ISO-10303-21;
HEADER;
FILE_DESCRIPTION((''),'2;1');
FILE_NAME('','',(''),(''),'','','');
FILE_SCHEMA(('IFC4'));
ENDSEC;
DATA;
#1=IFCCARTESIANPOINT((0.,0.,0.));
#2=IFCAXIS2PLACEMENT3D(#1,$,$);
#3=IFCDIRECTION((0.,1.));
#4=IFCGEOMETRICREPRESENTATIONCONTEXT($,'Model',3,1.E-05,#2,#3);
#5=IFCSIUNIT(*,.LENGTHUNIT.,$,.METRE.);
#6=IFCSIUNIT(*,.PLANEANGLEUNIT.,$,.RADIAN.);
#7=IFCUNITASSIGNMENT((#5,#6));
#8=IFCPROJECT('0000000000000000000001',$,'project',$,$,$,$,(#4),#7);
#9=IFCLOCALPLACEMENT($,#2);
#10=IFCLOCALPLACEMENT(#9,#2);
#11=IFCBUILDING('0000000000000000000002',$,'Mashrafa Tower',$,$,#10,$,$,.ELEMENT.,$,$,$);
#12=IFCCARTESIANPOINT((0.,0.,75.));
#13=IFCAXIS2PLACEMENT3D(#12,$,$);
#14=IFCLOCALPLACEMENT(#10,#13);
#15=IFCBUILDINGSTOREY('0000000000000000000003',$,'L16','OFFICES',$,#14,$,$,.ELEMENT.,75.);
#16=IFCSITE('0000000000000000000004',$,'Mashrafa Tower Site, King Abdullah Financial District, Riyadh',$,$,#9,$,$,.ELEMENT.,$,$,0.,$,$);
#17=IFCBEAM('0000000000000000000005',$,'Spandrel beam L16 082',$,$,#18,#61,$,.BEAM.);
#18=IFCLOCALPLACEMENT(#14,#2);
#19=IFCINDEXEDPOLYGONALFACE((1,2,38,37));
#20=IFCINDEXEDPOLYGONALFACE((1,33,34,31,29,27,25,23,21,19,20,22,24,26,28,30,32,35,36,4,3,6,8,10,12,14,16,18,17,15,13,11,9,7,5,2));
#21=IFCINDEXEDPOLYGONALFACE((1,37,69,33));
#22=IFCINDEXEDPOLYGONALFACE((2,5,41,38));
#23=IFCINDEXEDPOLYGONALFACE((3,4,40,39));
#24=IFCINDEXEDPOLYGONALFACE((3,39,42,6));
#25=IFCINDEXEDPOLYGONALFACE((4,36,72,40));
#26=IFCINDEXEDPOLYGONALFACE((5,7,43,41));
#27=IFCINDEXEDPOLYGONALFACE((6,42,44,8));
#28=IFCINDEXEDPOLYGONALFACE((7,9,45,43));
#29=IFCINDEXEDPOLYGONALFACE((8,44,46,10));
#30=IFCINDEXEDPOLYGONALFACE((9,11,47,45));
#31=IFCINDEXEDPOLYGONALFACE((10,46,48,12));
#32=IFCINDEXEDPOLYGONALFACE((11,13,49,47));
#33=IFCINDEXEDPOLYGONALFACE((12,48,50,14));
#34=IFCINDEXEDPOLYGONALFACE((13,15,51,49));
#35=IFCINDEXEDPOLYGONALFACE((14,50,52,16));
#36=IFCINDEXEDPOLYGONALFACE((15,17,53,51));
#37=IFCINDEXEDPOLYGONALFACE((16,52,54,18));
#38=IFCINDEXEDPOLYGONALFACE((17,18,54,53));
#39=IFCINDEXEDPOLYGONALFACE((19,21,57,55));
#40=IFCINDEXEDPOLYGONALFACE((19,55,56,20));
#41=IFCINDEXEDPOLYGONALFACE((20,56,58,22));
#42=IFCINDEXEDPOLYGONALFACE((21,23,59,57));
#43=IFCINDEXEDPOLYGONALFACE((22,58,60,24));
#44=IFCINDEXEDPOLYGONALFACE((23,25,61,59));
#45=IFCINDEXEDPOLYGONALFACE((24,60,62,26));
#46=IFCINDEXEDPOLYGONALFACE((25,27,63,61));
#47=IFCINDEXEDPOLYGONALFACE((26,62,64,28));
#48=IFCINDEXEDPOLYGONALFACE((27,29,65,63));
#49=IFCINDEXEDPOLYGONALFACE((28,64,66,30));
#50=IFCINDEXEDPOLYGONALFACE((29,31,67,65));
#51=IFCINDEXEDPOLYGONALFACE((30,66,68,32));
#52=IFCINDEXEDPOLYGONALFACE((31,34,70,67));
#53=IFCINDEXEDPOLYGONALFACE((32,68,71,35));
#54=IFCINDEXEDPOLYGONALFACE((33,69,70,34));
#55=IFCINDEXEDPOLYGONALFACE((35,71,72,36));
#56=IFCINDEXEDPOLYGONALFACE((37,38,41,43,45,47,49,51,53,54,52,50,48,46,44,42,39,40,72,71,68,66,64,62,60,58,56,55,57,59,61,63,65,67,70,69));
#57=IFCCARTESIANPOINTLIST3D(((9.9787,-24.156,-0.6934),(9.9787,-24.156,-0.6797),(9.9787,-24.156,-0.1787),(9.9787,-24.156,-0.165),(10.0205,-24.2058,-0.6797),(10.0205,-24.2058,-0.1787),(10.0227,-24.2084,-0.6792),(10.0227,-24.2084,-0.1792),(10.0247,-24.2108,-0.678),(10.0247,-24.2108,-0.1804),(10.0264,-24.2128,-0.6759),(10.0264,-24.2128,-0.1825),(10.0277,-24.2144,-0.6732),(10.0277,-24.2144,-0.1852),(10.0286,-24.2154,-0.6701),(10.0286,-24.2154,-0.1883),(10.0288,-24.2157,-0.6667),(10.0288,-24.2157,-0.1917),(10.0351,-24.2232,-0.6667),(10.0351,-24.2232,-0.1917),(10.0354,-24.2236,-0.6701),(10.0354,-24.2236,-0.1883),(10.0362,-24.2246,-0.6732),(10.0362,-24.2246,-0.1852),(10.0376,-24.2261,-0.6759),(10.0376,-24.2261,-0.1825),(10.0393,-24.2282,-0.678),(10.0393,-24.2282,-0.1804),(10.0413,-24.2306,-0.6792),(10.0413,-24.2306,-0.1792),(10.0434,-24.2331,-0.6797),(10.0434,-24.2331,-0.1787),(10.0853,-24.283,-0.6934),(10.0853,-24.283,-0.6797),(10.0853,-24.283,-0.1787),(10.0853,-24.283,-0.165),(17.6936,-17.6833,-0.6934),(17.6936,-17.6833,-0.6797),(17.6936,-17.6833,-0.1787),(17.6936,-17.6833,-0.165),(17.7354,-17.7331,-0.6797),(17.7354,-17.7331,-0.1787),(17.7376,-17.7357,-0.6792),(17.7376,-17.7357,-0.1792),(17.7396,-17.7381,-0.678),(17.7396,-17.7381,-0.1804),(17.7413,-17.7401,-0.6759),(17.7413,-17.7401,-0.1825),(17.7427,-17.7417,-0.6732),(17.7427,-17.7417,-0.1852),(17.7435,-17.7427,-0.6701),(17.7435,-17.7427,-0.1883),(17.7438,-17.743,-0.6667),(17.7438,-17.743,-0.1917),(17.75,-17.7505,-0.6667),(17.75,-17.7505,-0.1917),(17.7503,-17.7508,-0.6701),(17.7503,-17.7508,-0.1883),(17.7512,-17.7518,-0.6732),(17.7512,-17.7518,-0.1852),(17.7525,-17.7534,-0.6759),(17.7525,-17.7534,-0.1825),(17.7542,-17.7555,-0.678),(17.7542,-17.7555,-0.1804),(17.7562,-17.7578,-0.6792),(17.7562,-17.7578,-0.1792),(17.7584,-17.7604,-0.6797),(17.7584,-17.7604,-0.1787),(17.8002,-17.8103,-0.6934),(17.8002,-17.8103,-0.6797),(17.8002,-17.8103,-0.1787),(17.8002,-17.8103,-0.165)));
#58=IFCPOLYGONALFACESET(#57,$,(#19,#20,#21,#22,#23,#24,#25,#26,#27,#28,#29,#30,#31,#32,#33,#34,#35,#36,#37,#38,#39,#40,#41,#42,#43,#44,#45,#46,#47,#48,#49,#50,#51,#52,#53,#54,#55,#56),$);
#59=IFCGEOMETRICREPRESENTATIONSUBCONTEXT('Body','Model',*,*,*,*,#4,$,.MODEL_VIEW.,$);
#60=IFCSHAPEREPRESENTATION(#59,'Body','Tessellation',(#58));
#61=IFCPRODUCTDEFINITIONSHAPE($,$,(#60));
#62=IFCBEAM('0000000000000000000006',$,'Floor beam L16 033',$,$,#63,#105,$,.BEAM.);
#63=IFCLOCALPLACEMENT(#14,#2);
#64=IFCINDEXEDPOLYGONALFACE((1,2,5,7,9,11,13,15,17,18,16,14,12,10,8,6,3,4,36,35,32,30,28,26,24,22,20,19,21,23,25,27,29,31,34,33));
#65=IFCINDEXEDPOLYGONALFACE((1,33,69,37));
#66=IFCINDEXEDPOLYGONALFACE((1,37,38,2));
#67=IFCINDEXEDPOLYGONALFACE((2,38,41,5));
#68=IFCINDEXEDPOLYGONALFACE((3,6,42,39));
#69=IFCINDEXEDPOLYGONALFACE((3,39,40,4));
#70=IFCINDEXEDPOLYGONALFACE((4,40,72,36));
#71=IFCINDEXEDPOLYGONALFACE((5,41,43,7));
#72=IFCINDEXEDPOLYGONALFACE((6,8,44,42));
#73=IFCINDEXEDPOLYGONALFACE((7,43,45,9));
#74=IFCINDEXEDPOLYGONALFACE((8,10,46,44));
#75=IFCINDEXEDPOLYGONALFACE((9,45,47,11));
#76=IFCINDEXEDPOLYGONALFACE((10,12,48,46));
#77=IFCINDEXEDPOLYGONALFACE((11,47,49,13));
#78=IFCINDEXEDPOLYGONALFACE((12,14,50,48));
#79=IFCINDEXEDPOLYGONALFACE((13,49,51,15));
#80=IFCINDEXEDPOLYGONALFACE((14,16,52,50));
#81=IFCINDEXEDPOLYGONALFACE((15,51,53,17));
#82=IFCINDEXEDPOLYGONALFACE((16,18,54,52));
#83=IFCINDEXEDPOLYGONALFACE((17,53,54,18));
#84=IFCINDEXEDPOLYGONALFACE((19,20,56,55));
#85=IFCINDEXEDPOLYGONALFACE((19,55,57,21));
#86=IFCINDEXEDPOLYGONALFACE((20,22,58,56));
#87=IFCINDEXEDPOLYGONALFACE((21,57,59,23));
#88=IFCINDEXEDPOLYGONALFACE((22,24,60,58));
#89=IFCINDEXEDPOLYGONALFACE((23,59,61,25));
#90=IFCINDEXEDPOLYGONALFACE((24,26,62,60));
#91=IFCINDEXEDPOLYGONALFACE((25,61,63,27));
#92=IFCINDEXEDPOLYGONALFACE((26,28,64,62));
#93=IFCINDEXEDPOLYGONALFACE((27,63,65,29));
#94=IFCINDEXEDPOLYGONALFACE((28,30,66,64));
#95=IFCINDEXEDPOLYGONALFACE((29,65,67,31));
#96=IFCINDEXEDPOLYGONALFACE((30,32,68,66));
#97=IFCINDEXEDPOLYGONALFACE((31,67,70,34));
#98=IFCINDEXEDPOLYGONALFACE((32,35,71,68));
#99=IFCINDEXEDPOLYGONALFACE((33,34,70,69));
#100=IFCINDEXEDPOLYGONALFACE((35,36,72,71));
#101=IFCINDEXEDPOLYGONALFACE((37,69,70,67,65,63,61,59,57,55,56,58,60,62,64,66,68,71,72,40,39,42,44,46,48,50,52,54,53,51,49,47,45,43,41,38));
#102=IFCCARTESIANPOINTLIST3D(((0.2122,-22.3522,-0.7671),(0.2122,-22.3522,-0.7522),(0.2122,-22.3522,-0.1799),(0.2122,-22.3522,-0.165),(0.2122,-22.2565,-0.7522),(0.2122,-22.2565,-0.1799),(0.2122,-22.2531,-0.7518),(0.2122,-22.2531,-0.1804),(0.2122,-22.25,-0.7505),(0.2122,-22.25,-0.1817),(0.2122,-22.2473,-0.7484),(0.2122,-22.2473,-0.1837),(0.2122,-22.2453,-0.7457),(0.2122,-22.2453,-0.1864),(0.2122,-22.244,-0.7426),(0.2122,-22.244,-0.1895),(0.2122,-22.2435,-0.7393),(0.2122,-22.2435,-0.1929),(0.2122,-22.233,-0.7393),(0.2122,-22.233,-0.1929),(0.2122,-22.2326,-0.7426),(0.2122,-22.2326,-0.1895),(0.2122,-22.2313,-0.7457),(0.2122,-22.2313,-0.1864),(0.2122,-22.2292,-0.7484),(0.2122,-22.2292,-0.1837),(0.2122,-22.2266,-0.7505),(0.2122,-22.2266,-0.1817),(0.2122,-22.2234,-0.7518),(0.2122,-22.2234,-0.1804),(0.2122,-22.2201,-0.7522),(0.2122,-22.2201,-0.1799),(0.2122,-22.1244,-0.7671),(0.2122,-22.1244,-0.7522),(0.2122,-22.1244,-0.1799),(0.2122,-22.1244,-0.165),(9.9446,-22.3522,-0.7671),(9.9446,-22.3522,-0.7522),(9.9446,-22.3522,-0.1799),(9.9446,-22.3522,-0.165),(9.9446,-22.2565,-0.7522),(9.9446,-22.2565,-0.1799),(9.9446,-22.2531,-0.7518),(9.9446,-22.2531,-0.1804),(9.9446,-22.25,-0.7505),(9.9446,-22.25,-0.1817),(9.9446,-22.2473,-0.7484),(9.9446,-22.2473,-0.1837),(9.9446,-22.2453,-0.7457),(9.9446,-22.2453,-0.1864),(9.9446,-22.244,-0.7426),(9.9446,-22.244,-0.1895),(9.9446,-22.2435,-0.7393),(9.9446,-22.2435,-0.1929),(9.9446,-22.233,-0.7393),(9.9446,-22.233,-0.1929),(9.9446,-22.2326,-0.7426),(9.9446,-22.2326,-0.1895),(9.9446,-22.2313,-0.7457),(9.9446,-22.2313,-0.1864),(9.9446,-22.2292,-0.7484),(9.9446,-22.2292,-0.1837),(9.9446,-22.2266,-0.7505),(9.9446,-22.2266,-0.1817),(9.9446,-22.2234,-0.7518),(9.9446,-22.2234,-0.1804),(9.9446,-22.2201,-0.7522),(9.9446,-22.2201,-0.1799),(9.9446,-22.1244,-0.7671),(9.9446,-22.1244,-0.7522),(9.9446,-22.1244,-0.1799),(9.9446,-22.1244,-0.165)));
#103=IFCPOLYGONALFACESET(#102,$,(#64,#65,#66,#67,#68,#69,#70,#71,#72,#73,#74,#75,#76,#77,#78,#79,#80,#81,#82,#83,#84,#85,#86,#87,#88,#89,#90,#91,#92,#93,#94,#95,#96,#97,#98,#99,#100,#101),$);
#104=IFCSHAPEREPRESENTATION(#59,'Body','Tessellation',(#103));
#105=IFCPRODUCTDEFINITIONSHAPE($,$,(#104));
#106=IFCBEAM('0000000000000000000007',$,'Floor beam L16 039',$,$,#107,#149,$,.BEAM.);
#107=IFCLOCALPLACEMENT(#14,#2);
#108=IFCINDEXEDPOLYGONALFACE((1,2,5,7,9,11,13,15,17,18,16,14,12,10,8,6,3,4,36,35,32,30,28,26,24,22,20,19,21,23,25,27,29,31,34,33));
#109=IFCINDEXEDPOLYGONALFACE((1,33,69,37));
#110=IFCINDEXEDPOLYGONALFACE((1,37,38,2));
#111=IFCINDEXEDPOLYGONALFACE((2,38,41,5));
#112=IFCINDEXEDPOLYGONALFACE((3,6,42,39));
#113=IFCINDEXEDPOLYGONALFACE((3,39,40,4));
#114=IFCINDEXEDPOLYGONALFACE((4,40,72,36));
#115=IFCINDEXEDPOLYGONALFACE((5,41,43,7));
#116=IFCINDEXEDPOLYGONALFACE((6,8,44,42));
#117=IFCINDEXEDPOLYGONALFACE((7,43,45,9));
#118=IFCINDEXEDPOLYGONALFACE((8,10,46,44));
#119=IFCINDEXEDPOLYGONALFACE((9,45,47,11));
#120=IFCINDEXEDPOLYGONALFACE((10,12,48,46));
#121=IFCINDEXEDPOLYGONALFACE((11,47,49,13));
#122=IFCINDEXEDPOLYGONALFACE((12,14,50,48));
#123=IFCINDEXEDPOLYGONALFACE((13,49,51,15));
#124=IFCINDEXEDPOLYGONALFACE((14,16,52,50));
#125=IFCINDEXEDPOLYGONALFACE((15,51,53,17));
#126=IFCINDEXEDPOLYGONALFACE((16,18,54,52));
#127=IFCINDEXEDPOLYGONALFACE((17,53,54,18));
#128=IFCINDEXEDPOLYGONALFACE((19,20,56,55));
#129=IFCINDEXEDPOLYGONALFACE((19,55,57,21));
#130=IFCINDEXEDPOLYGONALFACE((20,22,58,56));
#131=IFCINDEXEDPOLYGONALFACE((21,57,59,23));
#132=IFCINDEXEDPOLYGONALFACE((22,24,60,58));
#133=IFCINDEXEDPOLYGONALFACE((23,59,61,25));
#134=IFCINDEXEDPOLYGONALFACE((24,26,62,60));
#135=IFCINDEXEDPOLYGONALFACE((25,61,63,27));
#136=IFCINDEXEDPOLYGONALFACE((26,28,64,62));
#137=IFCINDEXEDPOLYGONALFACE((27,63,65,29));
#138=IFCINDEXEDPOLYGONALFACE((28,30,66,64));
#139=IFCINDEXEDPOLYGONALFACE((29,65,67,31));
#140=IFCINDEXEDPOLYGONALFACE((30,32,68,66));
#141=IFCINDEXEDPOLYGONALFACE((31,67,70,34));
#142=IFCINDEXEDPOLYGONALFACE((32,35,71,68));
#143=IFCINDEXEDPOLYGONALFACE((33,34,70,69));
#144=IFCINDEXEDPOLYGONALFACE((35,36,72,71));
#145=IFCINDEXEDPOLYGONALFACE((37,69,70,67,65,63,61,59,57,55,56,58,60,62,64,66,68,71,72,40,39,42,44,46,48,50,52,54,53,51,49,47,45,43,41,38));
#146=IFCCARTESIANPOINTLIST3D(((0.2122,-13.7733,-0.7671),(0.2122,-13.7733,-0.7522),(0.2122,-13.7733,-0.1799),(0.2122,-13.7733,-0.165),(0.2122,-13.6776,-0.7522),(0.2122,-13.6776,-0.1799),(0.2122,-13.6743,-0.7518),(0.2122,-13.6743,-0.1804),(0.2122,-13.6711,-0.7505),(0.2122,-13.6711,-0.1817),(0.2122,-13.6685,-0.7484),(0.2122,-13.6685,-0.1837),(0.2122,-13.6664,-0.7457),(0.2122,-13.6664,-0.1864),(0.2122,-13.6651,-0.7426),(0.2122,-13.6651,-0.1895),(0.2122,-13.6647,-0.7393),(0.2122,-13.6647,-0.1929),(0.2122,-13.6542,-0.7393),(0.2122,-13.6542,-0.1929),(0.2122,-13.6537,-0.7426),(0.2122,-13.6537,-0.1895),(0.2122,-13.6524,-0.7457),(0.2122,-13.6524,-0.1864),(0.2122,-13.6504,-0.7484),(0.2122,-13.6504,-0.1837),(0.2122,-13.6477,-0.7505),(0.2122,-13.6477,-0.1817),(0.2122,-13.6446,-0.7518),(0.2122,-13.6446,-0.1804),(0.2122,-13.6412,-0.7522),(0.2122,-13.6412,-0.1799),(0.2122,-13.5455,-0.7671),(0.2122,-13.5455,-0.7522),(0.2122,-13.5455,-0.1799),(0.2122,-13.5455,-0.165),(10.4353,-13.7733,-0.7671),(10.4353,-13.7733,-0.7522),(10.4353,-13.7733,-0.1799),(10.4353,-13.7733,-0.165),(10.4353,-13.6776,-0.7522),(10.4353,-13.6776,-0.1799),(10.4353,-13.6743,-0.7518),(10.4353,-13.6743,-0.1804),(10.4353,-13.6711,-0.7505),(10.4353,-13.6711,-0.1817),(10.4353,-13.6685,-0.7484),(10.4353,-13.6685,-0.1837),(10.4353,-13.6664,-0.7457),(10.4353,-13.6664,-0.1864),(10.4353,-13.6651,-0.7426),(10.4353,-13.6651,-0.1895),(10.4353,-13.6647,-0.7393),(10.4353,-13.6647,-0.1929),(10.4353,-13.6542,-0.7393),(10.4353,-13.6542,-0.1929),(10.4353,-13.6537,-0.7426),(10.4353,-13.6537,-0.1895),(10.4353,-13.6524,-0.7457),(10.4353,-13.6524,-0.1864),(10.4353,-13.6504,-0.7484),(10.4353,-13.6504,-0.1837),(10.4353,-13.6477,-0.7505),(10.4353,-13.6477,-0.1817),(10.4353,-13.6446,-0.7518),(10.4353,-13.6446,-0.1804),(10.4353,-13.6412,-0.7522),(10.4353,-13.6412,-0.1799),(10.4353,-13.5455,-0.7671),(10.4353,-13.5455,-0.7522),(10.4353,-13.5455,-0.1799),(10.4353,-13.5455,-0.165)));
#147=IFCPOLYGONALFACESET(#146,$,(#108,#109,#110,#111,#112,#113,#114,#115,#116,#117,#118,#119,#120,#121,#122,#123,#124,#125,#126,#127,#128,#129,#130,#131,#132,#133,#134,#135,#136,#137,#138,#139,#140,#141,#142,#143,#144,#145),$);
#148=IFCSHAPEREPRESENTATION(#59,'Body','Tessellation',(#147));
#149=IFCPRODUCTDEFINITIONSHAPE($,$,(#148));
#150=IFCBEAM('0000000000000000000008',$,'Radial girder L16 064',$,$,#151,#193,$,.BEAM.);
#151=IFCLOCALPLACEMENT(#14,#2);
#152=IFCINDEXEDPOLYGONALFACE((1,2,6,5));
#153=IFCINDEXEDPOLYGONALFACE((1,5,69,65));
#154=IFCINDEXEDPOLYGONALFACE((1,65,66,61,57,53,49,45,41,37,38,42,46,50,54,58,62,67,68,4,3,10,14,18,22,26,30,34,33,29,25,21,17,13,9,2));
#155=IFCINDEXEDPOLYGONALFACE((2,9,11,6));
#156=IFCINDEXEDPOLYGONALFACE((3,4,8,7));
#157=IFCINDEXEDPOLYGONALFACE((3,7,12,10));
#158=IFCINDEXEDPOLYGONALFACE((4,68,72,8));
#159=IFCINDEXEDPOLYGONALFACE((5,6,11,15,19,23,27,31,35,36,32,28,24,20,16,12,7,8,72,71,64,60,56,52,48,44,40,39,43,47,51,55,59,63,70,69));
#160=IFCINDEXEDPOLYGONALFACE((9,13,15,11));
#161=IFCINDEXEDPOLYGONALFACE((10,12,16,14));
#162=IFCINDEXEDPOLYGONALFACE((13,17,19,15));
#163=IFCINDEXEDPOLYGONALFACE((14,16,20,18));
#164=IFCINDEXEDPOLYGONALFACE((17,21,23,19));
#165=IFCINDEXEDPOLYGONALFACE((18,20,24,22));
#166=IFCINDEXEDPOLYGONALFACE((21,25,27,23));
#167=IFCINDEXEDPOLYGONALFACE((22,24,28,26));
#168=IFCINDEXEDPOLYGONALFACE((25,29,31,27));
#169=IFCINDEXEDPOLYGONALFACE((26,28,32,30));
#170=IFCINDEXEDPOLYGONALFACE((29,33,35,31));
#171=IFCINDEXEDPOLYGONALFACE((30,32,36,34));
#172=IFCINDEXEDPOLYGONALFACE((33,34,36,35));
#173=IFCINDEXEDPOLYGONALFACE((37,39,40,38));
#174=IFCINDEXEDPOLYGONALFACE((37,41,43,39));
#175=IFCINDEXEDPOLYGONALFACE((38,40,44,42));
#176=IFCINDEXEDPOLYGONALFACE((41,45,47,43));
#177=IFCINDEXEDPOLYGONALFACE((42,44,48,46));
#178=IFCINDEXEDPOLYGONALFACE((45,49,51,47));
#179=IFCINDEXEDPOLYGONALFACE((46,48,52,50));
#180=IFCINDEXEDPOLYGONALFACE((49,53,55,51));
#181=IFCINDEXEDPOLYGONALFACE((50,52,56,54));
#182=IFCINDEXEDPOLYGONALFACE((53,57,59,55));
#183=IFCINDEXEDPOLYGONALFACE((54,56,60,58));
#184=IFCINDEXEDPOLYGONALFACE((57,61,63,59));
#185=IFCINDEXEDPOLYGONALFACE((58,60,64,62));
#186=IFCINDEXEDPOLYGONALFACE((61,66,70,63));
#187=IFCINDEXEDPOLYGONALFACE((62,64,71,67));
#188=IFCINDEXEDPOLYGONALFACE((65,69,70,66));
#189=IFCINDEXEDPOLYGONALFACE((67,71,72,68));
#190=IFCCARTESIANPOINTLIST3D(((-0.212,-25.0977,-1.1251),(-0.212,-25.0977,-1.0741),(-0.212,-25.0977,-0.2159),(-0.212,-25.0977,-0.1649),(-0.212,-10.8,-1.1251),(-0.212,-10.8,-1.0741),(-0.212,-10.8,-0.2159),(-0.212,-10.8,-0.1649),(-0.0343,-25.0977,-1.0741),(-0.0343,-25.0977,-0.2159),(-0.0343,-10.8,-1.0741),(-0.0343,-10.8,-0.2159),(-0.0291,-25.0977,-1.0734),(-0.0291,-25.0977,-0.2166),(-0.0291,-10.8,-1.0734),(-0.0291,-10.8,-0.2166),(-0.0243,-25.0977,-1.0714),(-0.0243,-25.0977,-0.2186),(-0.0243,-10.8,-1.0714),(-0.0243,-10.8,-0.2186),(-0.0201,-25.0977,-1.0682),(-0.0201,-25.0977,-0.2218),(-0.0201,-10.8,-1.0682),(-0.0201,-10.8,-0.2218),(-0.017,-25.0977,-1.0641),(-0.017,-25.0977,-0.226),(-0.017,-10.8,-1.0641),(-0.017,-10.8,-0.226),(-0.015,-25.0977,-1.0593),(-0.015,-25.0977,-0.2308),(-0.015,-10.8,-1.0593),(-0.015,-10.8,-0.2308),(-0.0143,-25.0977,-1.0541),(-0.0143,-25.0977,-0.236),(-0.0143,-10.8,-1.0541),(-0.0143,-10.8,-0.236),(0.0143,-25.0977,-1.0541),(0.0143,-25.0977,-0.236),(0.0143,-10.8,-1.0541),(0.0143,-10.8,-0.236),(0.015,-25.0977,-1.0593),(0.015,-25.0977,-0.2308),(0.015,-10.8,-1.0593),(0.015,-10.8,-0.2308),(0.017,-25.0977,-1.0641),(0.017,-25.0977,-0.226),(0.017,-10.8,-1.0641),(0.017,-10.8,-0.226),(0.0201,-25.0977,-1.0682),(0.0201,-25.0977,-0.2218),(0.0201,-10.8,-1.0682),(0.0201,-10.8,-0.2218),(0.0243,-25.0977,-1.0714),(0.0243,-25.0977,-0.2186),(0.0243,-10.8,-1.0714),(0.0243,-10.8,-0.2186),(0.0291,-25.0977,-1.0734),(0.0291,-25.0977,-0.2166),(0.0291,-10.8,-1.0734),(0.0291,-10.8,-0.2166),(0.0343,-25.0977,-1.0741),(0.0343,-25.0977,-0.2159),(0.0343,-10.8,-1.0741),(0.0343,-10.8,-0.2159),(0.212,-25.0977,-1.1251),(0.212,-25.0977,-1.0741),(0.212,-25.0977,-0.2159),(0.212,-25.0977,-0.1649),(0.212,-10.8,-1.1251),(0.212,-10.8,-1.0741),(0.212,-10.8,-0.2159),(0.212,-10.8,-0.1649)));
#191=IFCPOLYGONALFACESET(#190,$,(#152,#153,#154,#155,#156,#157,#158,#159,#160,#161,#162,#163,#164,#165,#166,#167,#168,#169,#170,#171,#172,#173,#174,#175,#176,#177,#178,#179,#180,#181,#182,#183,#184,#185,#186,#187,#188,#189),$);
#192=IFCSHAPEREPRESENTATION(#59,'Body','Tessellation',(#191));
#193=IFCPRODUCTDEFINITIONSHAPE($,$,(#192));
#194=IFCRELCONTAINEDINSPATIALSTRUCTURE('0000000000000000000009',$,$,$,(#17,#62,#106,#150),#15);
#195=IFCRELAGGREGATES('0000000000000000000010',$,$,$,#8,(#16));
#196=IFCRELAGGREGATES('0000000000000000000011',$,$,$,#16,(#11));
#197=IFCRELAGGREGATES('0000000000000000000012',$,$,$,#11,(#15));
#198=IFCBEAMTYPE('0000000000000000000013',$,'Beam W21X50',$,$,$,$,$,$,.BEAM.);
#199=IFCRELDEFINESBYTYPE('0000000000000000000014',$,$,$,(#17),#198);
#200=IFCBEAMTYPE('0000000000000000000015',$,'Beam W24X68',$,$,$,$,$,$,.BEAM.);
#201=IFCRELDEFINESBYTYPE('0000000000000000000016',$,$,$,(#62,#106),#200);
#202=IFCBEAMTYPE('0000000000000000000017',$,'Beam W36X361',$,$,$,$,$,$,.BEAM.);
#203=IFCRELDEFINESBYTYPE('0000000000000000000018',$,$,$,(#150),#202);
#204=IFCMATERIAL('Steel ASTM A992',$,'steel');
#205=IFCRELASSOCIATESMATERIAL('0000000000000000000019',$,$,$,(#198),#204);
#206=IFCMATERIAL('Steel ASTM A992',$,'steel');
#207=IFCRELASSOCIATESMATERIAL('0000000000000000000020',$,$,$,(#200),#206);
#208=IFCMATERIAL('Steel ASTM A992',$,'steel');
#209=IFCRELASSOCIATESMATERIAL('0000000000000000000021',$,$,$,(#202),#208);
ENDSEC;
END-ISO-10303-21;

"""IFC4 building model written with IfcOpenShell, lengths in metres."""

from ifc_helpers import new_model, si_unit, direction, frame, origin, origin_2d, place, context, subcontext, project, spatial, i_section, extrude, material, material_profile, profile_set, type_object, element, save


model = new_model("IFC4")

# Units and contexts
model_context = context("Model", 3, precision=1e-05, world=origin(), true_north=direction((0.0, 1.0)))
body_context = subcontext(model_context, "Body", "Model", "MODEL_VIEW")
ifc_project = project(units=[si_unit("LENGTHUNIT", "METRE"), si_unit("PLANEANGLEUNIT", "RADIAN")], contexts=[model_context])

# Site, building, storey
site_placement = place(None, origin())
site = spatial("IfcSite", under=ifc_project, at=site_placement, Name="Mashrafa Tower Site, King Abdullah Financial District, Riyadh", CompositionType="ELEMENT", RefElevation=0.0)
building_placement = place(site_placement, origin())
building = spatial("IfcBuilding", under=site, at=building_placement, Name="Mashrafa Tower", CompositionType="ELEMENT")
storey_placement = place(building_placement, frame((0.0, 0.0, 75.0)))
storey = spatial("IfcBuildingStorey", under=building, at=storey_placement, Name="L16", Description="OFFICES", CompositionType="ELEMENT", Elevation=75.0)

# Beams
ifc_material_1 = material(Name="Steel ASTM A992", Category="steel")
ifc_material_profile_1 = material_profile(ifc_material_1, i_section(OverallWidth=0.1658, OverallDepth=0.5283, WebThickness=0.0098, FlangeThickness=0.0137, FilletRadius=0.0129, at=origin_2d()), Name="W21X50")
ifc_profile_set_1 = profile_set([ifc_material_profile_1], Name="Steel ASTM A992")
beam_type_1 = type_object("IfcBeamType", Name="Beam W21X50", PredefinedType="BEAM", material=ifc_profile_set_1)
beam_1_placement = place(storey_placement, frame((10.032, -24.2195, -0.4292), z_axis=(0.766087, 0.642737, 0.0), x_axis=(-0.642737, 0.766087, 0.0)))
element("IfcBeam", 1, at=beam_1_placement, inside=storey, type_object=beam_type_1, Name="Spandrel beam L16 082", PredefinedType="BEAM", context=body_context, shape_type="SweptSolid", body=[
    extrude(i_section(OverallWidth=0.1658, OverallDepth=0.5283, WebThickness=0.0098, FlangeThickness=0.0137, FilletRadius=0.0129, at=origin_2d()), origin(), (0.0, 0.0, 1.0), 10.0706),
])
ifc_material_2 = material(Name="Steel ASTM A992", Category="steel")
ifc_material_profile_2 = material_profile(ifc_material_2, i_section(OverallWidth=0.2278, OverallDepth=0.6021, WebThickness=0.0105, FlangeThickness=0.0149, FilletRadius=0.0129, at=origin_2d()), Name="W24X68")
ifc_profile_set_2 = profile_set([ifc_material_profile_2], Name="Steel ASTM A992")
beam_type_2 = type_object("IfcBeamType", Name="Beam W24X68", PredefinedType="BEAM", material=ifc_profile_set_2)
beam_2_placement = place(storey_placement, frame((9.9446, -22.2383, -0.4661), z_axis=(-1.0, 0.0, 0.0), x_axis=(0.0, -1.0, 0.0)))
element("IfcBeam", 2, at=beam_2_placement, inside=storey, type_object=beam_type_2, Name="Floor beam L16 033", PredefinedType="BEAM", context=body_context, shape_type="SweptSolid", body=[
    extrude(i_section(OverallWidth=0.2278, OverallDepth=0.6021, WebThickness=0.0105, FlangeThickness=0.0149, FilletRadius=0.0129, at=origin_2d()), origin(), (0.0, 0.0, 1.0), 9.7324),
])
beam_3_placement = place(storey_placement, frame((10.4353, -13.6594, -0.4661), z_axis=(-1.0, 0.0, 0.0), x_axis=(0.0, -1.0, 0.0)))
element("IfcBeam", 3, at=beam_3_placement, inside=storey, type_object=beam_type_2, Name="Floor beam L16 039", PredefinedType="BEAM", context=body_context, shape_type="SweptSolid", body=[
    extrude(i_section(OverallWidth=0.2278, OverallDepth=0.6021, WebThickness=0.0105, FlangeThickness=0.0149, FilletRadius=0.0129, at=origin_2d()), origin(), (0.0, 0.0, 1.0), 10.2231),
])
ifc_material_3 = material(Name="Steel ASTM A992", Category="steel")
ifc_material_profile_3 = material_profile(ifc_material_3, i_section(OverallWidth=0.4241, OverallDepth=0.9602, WebThickness=0.0286, FlangeThickness=0.051, FilletRadius=0.02, at=origin_2d()), Name="W36X361")
ifc_profile_set_3 = profile_set([ifc_material_profile_3], Name="Steel ASTM A992")
beam_type_3 = type_object("IfcBeamType", Name="Beam W36X361", PredefinedType="BEAM", material=ifc_profile_set_3)
beam_4_placement = place(storey_placement, frame((0.0, -10.8, -0.645), z_axis=(0.0, -1.0, 0.0), x_axis=(1.0, 0.0, 0.0)))
element("IfcBeam", 4, at=beam_4_placement, inside=storey, type_object=beam_type_3, Name="Radial girder L16 064", PredefinedType="BEAM", context=body_context, shape_type="SweptSolid", body=[
    extrude(i_section(OverallWidth=0.4241, OverallDepth=0.9602, WebThickness=0.0286, FlangeThickness=0.051, FilletRadius=0.02, at=origin_2d()), origin(), (0.0, 0.0, 1.0), 14.2976),
])

save(model, "model.ifc")
